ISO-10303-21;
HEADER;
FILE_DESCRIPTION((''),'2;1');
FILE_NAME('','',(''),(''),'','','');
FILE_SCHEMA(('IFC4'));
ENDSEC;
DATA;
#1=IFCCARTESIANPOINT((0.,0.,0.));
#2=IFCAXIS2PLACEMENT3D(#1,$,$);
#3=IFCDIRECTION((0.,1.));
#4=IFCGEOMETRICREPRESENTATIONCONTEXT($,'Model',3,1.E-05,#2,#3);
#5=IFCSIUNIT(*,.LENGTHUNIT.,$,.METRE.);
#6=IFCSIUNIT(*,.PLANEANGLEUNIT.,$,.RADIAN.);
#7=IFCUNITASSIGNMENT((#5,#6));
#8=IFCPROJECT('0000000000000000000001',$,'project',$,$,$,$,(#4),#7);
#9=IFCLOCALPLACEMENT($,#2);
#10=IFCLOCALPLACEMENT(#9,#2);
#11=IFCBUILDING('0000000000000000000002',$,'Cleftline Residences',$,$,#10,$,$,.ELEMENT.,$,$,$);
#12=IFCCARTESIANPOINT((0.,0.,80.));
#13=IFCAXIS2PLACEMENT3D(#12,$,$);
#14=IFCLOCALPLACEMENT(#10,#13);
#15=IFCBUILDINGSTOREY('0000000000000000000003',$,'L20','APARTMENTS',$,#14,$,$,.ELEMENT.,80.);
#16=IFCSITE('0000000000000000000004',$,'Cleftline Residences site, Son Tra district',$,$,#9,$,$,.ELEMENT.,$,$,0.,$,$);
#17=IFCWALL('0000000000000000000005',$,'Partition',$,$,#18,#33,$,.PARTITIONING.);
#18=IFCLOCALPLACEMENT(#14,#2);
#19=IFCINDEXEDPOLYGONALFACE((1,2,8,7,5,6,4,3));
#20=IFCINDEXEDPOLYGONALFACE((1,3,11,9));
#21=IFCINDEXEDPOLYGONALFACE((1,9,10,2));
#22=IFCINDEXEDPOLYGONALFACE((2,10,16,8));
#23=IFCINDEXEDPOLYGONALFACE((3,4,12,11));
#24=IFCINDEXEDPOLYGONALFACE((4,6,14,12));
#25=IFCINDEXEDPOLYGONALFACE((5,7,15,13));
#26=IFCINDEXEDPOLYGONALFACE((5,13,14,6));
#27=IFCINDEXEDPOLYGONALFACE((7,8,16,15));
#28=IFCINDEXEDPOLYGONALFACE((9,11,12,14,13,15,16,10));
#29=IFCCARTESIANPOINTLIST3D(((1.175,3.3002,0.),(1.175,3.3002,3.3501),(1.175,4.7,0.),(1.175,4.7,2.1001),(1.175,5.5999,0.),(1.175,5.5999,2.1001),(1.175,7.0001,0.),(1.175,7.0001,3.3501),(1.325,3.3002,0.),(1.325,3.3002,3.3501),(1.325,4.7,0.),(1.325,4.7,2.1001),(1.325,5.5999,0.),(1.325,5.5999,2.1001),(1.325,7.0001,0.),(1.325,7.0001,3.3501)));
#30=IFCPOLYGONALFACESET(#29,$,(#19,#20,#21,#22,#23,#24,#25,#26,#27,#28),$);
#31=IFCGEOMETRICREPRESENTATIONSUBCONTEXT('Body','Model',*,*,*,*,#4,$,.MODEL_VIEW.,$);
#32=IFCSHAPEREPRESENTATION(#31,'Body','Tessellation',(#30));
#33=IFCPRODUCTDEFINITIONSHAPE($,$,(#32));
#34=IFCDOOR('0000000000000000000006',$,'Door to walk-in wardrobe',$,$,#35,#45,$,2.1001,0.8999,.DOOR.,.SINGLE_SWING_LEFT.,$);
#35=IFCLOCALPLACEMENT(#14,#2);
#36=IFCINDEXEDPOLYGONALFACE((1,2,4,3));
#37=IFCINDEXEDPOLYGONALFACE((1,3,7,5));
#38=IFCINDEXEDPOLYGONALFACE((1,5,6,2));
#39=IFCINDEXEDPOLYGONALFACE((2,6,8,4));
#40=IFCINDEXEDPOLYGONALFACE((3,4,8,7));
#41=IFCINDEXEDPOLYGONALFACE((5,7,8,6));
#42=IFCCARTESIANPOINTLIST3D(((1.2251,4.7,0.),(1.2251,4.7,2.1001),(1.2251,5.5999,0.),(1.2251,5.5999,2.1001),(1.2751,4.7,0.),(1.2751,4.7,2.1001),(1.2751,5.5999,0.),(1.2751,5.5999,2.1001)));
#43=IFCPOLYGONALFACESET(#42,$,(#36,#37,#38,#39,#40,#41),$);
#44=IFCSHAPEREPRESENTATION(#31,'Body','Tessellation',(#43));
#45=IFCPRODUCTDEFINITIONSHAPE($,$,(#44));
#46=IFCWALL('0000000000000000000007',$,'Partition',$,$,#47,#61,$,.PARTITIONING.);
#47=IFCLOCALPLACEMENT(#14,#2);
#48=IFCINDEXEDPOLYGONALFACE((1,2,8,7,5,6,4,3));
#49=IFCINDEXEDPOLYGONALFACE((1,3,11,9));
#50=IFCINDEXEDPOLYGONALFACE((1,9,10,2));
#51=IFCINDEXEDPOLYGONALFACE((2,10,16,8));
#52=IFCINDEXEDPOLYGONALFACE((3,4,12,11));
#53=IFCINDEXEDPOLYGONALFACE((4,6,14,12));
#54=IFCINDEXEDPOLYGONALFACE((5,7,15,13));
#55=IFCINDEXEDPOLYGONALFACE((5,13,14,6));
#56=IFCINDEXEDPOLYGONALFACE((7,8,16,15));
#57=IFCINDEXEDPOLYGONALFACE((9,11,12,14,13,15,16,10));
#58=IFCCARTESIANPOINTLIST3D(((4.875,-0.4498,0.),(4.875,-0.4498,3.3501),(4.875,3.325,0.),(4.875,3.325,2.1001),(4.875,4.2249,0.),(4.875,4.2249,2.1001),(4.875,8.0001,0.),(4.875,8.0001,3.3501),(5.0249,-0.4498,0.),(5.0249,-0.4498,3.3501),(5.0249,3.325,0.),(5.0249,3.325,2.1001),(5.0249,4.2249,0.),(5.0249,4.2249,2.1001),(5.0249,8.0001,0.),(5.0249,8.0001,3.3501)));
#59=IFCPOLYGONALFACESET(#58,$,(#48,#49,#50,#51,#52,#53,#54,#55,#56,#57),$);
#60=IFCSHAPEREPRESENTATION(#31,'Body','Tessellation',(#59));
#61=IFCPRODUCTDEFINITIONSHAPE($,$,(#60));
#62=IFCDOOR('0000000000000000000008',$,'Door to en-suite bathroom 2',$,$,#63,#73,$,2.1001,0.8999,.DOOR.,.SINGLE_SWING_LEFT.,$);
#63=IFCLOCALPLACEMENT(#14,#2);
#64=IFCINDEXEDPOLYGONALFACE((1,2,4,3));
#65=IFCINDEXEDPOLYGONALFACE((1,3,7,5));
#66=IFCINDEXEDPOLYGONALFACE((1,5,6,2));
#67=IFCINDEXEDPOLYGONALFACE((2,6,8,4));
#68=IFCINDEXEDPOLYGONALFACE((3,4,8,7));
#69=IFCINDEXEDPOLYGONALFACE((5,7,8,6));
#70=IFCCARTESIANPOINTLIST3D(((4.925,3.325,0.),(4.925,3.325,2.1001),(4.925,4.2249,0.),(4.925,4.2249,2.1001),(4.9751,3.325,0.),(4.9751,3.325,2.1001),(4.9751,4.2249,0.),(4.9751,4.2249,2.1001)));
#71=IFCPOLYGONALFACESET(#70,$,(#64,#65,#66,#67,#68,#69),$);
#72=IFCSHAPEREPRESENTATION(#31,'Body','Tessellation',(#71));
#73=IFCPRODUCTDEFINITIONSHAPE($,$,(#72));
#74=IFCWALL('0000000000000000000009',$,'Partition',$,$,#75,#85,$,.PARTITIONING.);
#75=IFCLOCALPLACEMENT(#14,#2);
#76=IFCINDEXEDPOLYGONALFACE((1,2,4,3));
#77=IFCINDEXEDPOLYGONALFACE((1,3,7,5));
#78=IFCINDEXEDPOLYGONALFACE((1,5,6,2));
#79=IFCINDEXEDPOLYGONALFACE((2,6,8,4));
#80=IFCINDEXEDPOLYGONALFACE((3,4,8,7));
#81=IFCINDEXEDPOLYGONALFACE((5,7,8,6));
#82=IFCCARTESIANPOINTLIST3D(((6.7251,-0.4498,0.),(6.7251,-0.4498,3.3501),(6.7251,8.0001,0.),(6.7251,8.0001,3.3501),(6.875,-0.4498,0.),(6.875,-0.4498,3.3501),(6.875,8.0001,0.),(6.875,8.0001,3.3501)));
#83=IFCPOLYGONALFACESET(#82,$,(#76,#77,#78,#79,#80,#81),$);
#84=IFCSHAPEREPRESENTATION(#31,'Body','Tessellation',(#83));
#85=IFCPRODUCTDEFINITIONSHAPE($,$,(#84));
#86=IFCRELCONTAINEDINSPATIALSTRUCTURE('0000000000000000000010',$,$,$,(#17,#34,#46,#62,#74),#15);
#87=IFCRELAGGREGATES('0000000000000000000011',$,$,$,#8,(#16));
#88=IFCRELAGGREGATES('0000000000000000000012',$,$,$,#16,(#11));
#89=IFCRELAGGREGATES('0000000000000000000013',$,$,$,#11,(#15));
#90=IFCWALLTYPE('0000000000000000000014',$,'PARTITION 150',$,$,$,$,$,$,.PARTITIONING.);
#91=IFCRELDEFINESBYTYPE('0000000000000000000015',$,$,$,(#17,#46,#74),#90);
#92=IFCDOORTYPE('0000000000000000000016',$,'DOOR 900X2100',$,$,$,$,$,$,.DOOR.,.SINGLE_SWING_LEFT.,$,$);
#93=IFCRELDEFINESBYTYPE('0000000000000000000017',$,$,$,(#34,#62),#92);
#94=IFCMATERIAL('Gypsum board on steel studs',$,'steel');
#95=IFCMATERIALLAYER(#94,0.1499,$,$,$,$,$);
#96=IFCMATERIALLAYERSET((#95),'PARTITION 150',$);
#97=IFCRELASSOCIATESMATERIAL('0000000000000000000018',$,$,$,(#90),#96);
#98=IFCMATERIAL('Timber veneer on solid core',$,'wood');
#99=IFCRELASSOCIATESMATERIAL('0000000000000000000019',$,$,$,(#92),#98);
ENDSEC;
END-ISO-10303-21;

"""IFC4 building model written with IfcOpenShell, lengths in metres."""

from ifc_helpers import new_model, si_unit, direction, frame, frame_2d, origin, place, context, subcontext, project, spatial, rectangle, extrude, material, layer, layer_set, type_object, element, fill, save


model = new_model("IFC4")

# Units and contexts
model_context = context("Model", 3, precision=1e-05, world=origin(), true_north=direction((0.0, 1.0)))
body_context = subcontext(model_context, "Body", "Model", "MODEL_VIEW")
ifc_project = project(units=[si_unit("LENGTHUNIT", "METRE"), si_unit("PLANEANGLEUNIT", "RADIAN")], contexts=[model_context])

# Site, building, storey
site_placement = place(None, origin())
site = spatial("IfcSite", under=ifc_project, at=site_placement, Name="Cleftline Residences site, Son Tra district", CompositionType="ELEMENT", RefElevation=0.0)
building_placement = place(site_placement, origin())
building = spatial("IfcBuilding", under=site, at=building_placement, Name="Cleftline Residences", CompositionType="ELEMENT")
storey_placement = place(building_placement, frame((0.0, 0.0, 80.0)))
storey = spatial("IfcBuildingStorey", under=building, at=storey_placement, Name="L20", Description="APARTMENTS", CompositionType="ELEMENT", Elevation=80.0)

# Walls, openings, doors
ifc_material_1 = material(Name="Gypsum board on steel studs", Category="steel")
ifc_layer_1 = layer(ifc_material_1, 0.1499)
ifc_layer_set_1 = layer_set([ifc_layer_1], Name="PARTITION 150")
wall_type_1 = type_object("IfcWallType", Name="PARTITION 150", PredefinedType="PARTITIONING", material=ifc_layer_set_1)
wall_1_placement = place(storey_placement, frame((1.25, 3.3, 0.0), z_axis=(0.0, 0.0, 1.0), x_axis=(0.0, 1.0, 0.0)))
wall_1 = element("IfcWall", 1, at=wall_1_placement, inside=storey, type_object=wall_type_1, Name="Partition", PredefinedType="PARTITIONING", context=body_context, shape_type="SweptSolid", body=[
    extrude(rectangle(XDim=3.7, YDim=0.1499, at=frame_2d((1.8501, 0.0))), origin(), (0.0, 0.0, 1.0), 3.3501),
])
opening_1_placement = place(wall_1_placement, frame((1.3999, 0.0, 0.0)))
opening_1 = element("IfcOpeningElement", 2, at=opening_1_placement, cuts=wall_1, PredefinedType="OPENING", context=body_context, shape_type="SweptSolid", body=[
    extrude(rectangle(XDim=0.8999, YDim=2.1001, at=frame_2d((0.45, 1.05))), frame((0.0, 0.085, 0.0), z_axis=(0.0, -1.0, 0.0), x_axis=(1.0, 0.0, 0.0)), (0.0, 0.0, 1.0), 0.1699),
])
ifc_material_2 = material(Name="Timber veneer on solid core", Category="wood")
door_type_1 = type_object("IfcDoorType", Name="DOOR 900X2100", OperationType="SINGLE_SWING_LEFT", PredefinedType="DOOR", material=ifc_material_2)
door_1_placement = place(opening_1_placement, origin())
door_1 = element("IfcDoor", 3, at=door_1_placement, inside=storey, type_object=door_type_1, Name="Door to walk-in wardrobe", OperationType="SINGLE_SWING_LEFT", OverallHeight=2.1001, OverallWidth=0.8999, PredefinedType="DOOR", context=body_context, shape_type="SweptSolid", body=[
    extrude(rectangle(XDim=0.8999, YDim=2.1001, at=frame_2d((0.45, 1.05))), frame((0.0, 0.0249, 0.0), z_axis=(0.0, -1.0, 0.0), x_axis=(1.0, 0.0, 0.0)), (0.0, 0.0, 1.0), 0.05),
])
fill(opening_1, door_1)
wall_2_placement = place(storey_placement, frame((4.95, -0.45, 0.0), z_axis=(0.0, 0.0, 1.0), x_axis=(0.0, 1.0, 0.0)))
wall_2 = element("IfcWall", 4, at=wall_2_placement, inside=storey, type_object=wall_type_1, Name="Partition", PredefinedType="PARTITIONING", context=body_context, shape_type="SweptSolid", body=[
    extrude(rectangle(XDim=8.45, YDim=0.1499, at=frame_2d((4.2251, 0.0))), origin(), (0.0, 0.0, 1.0), 3.3501),
])
opening_2_placement = place(wall_2_placement, frame((3.7749, 0.0, 0.0)))
opening_2 = element("IfcOpeningElement", 5, at=opening_2_placement, cuts=wall_2, PredefinedType="OPENING", context=body_context, shape_type="SweptSolid", body=[
    extrude(rectangle(XDim=0.8999, YDim=2.1001, at=frame_2d((0.45, 1.05))), frame((0.0, 0.085, 0.0), z_axis=(0.0, -1.0, 0.0), x_axis=(1.0, 0.0, 0.0)), (0.0, 0.0, 1.0), 0.1699),
])
door_2_placement = place(opening_2_placement, origin())
door_2 = element("IfcDoor", 6, at=door_2_placement, inside=storey, type_object=door_type_1, Name="Door to en-suite bathroom 2", OperationType="SINGLE_SWING_LEFT", OverallHeight=2.1001, OverallWidth=0.8999, PredefinedType="DOOR", context=body_context, shape_type="SweptSolid", body=[
    extrude(rectangle(XDim=0.8999, YDim=2.1001, at=frame_2d((0.45, 1.05))), frame((0.0, 0.0249, 0.0), z_axis=(0.0, -1.0, 0.0), x_axis=(1.0, 0.0, 0.0)), (0.0, 0.0, 1.0), 0.05),
])
fill(opening_2, door_2)

# Wall
wall_3_placement = place(storey_placement, frame((6.8, -0.45, 0.0), z_axis=(0.0, 0.0, 1.0), x_axis=(0.0, 1.0, 0.0)))
element("IfcWall", 7, at=wall_3_placement, inside=storey, type_object=wall_type_1, Name="Partition", PredefinedType="PARTITIONING", context=body_context, shape_type="SweptSolid", body=[
    extrude(rectangle(XDim=8.45, YDim=0.1499, at=frame_2d((4.2251, 0.0))), origin(), (0.0, 0.0, 1.0), 3.3501),
])

save(model, "model.ifc")
